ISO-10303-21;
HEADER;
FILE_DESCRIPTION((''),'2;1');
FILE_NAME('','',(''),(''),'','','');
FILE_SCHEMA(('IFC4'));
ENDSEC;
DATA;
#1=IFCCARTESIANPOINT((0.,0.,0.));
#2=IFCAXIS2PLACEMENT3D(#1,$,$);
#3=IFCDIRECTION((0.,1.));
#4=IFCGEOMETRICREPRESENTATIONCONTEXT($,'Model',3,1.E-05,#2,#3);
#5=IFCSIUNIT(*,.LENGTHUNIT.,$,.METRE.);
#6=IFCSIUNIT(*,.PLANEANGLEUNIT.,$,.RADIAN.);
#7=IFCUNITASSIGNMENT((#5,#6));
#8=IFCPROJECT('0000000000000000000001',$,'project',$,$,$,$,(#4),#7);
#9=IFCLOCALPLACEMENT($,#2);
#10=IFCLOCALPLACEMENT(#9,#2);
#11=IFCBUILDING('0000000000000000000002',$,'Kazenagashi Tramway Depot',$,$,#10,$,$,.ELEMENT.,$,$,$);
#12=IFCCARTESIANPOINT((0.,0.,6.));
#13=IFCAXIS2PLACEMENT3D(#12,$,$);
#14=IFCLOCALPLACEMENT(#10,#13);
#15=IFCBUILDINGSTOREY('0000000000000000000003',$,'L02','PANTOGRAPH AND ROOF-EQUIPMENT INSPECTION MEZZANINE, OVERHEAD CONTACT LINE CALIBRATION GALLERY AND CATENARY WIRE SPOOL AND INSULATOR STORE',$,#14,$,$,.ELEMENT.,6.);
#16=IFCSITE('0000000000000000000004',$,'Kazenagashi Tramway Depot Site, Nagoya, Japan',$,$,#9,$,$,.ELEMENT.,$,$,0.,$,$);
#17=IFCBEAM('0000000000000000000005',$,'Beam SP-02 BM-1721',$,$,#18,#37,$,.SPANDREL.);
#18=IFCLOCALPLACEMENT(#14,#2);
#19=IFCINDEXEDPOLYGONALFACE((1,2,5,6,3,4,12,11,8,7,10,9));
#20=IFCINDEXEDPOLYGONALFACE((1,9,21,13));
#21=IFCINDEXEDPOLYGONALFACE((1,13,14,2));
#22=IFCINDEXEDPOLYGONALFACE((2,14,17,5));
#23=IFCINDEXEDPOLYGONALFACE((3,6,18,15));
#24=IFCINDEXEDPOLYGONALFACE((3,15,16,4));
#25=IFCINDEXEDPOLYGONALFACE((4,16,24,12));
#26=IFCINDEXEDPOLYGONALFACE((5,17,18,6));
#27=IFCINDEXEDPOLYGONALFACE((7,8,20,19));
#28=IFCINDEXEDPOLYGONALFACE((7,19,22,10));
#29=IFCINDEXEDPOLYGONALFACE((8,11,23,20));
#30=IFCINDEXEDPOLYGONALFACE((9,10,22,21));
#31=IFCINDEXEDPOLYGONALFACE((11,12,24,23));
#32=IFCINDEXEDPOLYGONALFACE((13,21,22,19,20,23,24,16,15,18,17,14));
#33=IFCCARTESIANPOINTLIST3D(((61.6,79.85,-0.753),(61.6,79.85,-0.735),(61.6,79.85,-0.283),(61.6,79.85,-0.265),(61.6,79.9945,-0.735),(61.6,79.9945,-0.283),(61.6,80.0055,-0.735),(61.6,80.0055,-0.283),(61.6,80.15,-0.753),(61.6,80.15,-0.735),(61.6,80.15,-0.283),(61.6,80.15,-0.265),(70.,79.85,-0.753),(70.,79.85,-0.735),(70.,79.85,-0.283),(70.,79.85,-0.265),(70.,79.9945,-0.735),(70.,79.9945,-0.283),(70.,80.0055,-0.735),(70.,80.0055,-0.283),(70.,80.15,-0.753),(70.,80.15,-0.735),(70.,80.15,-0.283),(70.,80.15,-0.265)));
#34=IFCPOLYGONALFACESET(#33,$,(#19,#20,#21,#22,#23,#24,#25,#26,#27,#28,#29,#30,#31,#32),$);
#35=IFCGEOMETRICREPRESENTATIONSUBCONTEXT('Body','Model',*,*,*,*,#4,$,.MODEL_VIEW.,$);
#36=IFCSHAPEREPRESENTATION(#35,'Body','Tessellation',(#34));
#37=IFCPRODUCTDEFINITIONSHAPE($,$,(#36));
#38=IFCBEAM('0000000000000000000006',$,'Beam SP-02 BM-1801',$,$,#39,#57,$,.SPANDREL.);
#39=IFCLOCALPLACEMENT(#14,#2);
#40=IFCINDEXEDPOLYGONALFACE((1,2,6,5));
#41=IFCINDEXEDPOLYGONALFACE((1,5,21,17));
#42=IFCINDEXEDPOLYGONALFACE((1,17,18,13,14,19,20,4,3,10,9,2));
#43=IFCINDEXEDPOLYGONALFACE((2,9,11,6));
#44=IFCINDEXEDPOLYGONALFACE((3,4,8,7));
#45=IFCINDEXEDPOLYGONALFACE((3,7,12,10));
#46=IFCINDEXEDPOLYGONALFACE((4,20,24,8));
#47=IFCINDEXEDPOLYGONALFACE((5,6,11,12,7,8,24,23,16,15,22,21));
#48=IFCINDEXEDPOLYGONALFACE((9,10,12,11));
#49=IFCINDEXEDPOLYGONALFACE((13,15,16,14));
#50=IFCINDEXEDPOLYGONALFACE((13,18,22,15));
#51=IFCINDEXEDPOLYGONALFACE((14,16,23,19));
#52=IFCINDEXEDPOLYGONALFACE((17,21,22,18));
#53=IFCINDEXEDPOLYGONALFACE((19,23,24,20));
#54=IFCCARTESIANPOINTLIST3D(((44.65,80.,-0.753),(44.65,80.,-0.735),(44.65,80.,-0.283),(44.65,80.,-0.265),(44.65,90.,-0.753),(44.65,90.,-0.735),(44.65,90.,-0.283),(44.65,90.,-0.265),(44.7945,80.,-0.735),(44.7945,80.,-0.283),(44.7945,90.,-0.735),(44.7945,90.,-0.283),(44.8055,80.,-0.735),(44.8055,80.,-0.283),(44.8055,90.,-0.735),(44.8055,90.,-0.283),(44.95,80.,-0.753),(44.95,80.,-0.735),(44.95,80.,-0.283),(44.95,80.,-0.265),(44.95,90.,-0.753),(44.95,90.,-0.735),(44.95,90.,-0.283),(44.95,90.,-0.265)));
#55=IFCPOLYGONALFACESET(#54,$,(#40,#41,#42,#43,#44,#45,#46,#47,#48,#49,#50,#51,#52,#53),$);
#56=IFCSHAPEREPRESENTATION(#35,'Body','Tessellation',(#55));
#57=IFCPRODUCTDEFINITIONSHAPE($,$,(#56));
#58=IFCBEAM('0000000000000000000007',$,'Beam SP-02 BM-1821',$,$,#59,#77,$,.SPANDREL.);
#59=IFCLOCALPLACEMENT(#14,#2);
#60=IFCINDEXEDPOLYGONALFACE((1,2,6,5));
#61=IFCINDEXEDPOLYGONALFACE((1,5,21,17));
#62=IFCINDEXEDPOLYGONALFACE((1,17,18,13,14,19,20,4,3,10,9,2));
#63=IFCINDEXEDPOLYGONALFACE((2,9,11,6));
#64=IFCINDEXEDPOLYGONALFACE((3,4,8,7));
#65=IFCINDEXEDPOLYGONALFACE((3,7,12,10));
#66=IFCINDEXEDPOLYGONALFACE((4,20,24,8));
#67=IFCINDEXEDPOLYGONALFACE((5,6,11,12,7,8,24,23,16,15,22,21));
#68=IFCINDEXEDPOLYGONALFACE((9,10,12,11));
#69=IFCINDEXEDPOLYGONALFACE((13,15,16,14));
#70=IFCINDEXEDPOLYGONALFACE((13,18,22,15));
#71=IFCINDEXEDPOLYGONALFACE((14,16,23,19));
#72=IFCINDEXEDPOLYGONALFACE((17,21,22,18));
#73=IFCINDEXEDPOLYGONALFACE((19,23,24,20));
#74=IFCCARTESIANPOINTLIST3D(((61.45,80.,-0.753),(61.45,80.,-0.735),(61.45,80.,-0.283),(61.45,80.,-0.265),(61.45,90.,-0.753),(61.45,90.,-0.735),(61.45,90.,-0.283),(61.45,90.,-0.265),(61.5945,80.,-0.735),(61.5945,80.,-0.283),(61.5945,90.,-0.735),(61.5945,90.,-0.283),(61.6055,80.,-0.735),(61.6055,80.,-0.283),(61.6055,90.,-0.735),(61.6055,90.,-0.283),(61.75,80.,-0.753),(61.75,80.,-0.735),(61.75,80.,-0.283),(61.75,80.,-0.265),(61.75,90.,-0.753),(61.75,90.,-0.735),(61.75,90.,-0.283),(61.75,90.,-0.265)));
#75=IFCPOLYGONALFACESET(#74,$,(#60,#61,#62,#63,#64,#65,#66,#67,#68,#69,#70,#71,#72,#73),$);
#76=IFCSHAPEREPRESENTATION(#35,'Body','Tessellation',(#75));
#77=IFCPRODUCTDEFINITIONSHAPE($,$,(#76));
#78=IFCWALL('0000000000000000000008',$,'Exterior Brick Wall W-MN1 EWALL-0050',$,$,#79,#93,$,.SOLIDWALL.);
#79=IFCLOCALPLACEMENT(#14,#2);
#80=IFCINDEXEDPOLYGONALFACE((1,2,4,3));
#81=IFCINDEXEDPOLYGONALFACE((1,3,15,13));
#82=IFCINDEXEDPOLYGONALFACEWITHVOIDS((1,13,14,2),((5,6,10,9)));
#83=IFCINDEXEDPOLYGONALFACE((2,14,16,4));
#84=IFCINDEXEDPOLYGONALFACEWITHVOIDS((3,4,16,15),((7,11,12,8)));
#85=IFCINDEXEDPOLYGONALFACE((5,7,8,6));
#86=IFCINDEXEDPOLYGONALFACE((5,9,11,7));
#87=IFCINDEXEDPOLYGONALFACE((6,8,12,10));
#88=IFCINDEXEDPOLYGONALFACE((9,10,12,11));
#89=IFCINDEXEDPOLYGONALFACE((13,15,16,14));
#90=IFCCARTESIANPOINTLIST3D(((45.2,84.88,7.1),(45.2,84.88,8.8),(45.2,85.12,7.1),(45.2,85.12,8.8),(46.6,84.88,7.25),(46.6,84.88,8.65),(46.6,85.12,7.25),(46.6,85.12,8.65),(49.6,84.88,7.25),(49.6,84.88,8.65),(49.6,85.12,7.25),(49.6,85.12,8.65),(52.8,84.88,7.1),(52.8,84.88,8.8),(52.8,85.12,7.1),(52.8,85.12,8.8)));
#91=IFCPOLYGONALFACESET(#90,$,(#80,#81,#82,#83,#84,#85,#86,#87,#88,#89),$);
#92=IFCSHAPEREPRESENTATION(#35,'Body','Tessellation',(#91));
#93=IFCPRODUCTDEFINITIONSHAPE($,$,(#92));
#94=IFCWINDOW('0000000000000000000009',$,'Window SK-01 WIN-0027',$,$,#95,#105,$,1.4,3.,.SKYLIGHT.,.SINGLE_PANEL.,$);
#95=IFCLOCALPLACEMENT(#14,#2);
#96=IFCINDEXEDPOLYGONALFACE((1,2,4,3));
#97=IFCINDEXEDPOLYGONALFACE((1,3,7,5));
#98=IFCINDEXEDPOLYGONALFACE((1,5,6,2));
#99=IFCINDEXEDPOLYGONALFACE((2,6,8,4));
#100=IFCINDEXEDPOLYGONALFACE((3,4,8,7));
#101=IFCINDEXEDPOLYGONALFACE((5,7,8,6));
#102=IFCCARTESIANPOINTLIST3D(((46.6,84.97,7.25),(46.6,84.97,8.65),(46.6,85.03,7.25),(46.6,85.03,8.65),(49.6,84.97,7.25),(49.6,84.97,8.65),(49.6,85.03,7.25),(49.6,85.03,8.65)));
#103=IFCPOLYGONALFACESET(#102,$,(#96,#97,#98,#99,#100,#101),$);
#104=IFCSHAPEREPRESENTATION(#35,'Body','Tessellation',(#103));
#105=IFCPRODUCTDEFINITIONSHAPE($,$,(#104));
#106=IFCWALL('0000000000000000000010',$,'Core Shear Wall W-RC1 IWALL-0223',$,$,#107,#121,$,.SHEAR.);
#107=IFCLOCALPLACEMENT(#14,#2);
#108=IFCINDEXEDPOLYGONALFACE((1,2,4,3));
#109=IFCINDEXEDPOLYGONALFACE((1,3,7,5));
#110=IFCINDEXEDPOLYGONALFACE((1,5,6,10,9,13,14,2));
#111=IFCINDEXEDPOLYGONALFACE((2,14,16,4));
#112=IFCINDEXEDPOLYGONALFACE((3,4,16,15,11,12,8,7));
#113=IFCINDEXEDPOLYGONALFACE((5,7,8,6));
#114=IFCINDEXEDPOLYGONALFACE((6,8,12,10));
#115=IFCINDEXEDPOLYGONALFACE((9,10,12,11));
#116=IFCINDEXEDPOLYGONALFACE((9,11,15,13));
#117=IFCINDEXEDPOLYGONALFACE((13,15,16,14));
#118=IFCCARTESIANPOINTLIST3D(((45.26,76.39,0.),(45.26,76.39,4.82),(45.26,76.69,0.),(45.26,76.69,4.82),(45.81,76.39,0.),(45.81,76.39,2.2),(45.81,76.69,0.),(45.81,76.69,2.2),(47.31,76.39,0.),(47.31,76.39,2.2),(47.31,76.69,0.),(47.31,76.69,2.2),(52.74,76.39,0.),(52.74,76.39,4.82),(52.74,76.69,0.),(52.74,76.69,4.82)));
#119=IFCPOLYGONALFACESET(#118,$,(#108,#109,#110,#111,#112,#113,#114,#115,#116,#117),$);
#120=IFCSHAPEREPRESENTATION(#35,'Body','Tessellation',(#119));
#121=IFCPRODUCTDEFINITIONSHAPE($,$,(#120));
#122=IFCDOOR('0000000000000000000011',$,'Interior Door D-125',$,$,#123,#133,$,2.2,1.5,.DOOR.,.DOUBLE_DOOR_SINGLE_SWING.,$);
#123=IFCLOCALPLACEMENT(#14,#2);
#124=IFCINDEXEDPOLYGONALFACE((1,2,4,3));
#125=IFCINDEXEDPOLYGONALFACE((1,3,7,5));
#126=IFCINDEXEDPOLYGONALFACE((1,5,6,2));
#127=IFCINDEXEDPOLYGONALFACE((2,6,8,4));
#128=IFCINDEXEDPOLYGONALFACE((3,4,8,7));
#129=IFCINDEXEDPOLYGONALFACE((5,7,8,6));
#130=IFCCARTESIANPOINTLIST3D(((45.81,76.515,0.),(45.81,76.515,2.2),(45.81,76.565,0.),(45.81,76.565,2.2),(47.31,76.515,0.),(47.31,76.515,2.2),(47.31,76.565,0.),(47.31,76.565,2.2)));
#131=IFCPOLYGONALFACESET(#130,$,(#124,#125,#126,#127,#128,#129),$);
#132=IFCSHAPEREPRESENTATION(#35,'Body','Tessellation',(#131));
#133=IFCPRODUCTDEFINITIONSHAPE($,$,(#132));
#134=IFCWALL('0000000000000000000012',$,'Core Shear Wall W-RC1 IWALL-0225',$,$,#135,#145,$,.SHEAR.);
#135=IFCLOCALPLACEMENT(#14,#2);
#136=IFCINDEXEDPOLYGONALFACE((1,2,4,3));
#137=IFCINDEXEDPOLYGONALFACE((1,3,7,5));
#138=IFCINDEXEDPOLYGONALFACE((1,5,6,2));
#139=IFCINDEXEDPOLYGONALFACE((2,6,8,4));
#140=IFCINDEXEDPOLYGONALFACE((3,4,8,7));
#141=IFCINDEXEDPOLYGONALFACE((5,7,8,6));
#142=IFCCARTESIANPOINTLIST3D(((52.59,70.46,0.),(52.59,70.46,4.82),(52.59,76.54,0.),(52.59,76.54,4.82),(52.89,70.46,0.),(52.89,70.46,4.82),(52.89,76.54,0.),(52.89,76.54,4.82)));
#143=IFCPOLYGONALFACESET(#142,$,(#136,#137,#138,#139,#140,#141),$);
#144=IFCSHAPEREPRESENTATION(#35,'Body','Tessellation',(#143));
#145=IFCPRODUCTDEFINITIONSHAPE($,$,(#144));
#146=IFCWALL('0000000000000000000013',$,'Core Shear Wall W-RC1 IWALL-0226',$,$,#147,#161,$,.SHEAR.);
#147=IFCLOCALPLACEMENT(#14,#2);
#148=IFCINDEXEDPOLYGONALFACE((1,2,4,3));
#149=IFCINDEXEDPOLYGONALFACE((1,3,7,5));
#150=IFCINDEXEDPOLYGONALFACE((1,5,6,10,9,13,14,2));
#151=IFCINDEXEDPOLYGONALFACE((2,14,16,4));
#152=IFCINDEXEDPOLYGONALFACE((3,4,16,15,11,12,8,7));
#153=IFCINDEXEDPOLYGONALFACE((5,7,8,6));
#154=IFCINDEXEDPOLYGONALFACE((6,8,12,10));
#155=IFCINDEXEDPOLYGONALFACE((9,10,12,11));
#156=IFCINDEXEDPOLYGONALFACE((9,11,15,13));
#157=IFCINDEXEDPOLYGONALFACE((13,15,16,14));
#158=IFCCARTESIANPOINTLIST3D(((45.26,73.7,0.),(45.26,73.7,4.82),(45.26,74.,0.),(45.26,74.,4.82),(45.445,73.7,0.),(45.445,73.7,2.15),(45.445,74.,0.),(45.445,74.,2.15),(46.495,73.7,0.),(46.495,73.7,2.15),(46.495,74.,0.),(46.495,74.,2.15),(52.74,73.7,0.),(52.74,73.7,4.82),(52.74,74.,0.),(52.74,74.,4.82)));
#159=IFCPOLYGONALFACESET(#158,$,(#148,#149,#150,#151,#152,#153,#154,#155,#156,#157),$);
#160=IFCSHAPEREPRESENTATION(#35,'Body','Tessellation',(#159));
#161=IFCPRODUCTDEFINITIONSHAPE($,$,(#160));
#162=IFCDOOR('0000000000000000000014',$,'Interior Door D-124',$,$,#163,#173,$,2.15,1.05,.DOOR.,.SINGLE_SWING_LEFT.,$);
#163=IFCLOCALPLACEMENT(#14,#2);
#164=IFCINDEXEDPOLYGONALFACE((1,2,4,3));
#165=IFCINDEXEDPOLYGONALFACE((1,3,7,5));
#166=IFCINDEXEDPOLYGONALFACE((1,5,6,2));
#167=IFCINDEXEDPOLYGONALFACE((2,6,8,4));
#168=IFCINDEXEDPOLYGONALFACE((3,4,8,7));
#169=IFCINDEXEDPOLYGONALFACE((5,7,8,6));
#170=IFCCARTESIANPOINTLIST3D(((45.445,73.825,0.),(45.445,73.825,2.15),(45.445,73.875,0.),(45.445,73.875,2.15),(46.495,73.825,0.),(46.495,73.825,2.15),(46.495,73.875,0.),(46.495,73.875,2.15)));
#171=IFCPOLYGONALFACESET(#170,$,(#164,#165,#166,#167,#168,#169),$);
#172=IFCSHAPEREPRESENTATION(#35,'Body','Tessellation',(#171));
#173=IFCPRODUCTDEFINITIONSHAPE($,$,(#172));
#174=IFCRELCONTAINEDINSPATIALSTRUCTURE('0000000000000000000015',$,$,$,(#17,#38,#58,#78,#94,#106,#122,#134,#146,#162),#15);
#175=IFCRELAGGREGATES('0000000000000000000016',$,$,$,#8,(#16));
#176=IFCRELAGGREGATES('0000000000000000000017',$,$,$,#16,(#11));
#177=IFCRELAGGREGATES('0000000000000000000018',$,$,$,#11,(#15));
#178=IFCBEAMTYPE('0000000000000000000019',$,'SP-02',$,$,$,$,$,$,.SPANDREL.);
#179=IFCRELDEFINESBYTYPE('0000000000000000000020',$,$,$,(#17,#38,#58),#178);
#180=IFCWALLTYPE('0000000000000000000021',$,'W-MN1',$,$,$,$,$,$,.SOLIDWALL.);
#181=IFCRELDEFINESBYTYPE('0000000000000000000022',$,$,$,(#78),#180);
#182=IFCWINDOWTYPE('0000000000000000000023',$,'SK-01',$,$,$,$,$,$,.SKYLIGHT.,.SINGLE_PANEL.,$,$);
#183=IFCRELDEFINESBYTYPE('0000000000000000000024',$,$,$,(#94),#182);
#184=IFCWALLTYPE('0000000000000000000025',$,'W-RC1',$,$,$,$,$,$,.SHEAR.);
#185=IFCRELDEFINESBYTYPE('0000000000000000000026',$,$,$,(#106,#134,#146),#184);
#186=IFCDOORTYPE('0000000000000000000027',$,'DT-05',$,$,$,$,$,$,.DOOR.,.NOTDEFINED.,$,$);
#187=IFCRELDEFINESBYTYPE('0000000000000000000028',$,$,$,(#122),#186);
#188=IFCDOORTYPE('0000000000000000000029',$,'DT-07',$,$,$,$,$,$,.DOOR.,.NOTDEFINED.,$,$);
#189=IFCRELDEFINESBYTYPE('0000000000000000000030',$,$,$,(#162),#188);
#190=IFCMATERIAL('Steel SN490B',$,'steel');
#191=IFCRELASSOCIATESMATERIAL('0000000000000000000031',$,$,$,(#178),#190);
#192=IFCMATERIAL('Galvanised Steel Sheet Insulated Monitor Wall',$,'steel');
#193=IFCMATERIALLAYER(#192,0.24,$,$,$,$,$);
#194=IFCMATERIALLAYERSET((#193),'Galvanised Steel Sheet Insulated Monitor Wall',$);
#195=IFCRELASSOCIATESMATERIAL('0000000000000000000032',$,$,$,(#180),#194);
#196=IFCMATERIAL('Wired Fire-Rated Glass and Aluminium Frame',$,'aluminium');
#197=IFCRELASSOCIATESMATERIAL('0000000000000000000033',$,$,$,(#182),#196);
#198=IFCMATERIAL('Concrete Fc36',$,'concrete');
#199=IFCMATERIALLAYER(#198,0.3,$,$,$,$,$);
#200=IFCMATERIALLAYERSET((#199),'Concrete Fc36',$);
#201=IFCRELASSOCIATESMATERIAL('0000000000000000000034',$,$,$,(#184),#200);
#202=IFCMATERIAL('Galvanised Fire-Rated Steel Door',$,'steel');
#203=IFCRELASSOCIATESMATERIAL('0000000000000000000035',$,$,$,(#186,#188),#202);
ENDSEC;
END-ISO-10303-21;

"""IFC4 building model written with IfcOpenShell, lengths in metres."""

from ifc_helpers import new_model, si_unit, direction, frame, frame_2d, origin, origin_2d, place, context, subcontext, project, spatial, rectangle, i_section, extrude, material, layer, layer_set, material_profile, profile_set, type_object, element, fill, save


model = new_model("IFC4")

# Units and contexts
model_context = context("Model", 3, precision=1e-05, world=origin(), true_north=direction((0.0, 1.0)))
body_context = subcontext(model_context, "Body", "Model", "MODEL_VIEW")
ifc_project = project(units=[si_unit("LENGTHUNIT", "METRE"), si_unit("PLANEANGLEUNIT", "RADIAN")], contexts=[model_context])

# Site, building, storey
site_placement = place(None, origin())
site = spatial("IfcSite", under=ifc_project, at=site_placement, Name="Kazenagashi Tramway Depot Site, Nagoya, Japan", CompositionType="ELEMENT", RefElevation=0.0)
building_placement = place(site_placement, origin())
building = spatial("IfcBuilding", under=site, at=building_placement, Name="Kazenagashi Tramway Depot", CompositionType="ELEMENT")
storey_placement = place(building_placement, frame((0.0, 0.0, 6.0)))
storey = spatial("IfcBuildingStorey", under=building, at=storey_placement, Name="L02", Description="PANTOGRAPH AND ROOF-EQUIPMENT INSPECTION MEZZANINE, OVERHEAD CONTACT LINE CALIBRATION GALLERY AND CATENARY WIRE SPOOL AND INSULATOR STORE", CompositionType="ELEMENT", Elevation=6.0)

# Beams
ifc_material_1 = material(Name="Steel SN490B", Category="steel")
ifc_material_profile_1 = material_profile(ifc_material_1, i_section(OverallWidth=0.3, OverallDepth=0.488, WebThickness=0.011, FlangeThickness=0.018, at=origin_2d()), Name="H-488x300x11x18")
ifc_profile_set_1 = profile_set([ifc_material_profile_1], Name="Steel SN490B")
beam_type_1 = type_object("IfcBeamType", Name="SP-02", PredefinedType="SPANDREL", material=ifc_profile_set_1)
for number, where, z_axis, x_axis, name in (
    (1, (61.6, 80.0, -0.509), (1.0, 0.0, 0.0), (0.0, 1.0, 0.0), "Beam SP-02 BM-1721"),
):
    element("IfcBeam", number, at=place(storey_placement, frame(where, z_axis=z_axis, x_axis=x_axis)), inside=storey, type_object=beam_type_1, Name=name, PredefinedType="SPANDREL", context=body_context, shape_type="SweptSolid", body=[
        extrude(i_section(OverallWidth=0.3, OverallDepth=0.488, WebThickness=0.011, FlangeThickness=0.018, at=origin_2d()), origin(), (0.0, 0.0, 1.0), 8.4),
    ])
for number, where, z_axis, x_axis, name in (
    (2, (44.8, 80.0, -0.509), (0.0, 1.0, 0.0), (-1.0, 0.0, 0.0), "Beam SP-02 BM-1801"),
    (3, (61.6, 80.0, -0.509), (0.0, 1.0, 0.0), (-1.0, 0.0, 0.0), "Beam SP-02 BM-1821"),
):
    element("IfcBeam", number, at=place(storey_placement, frame(where, z_axis=z_axis, x_axis=x_axis)), inside=storey, type_object=beam_type_1, Name=name, PredefinedType="SPANDREL", context=body_context, shape_type="SweptSolid", body=[
        extrude(i_section(OverallWidth=0.3, OverallDepth=0.488, WebThickness=0.011, FlangeThickness=0.018, at=origin_2d()), origin(), (0.0, 0.0, 1.0), 10.0),
    ])

# Wall, opening, window
ifc_material_2 = material(Name="Galvanised Steel Sheet Insulated Monitor Wall", Category="steel")
ifc_layer_1 = layer(ifc_material_2, 0.24)
ifc_layer_set_1 = layer_set([ifc_layer_1], Name="Galvanised Steel Sheet Insulated Monitor Wall")
wall_type_1 = type_object("IfcWallType", Name="W-MN1", PredefinedType="SOLIDWALL", material=ifc_layer_set_1)
wall_1_placement = place(storey_placement, frame((45.2, 85.0, 7.1), z_axis=(0.0, 0.0, 1.0), x_axis=(1.0, 0.0, 0.0)))
wall_1 = element("IfcWall", 4, at=wall_1_placement, inside=storey, type_object=wall_type_1, Name="Exterior Brick Wall W-MN1 EWALL-0050", PredefinedType="SOLIDWALL", context=body_context, shape_type="SweptSolid", body=[
    extrude(rectangle(XDim=7.6, YDim=0.24, at=frame_2d((3.8, 0.0))), origin(), (0.0, 0.0, 1.0), 1.7),
])
opening_1_placement = place(wall_1_placement, frame((1.4, 0.0, 0.15)))
opening_1 = element("IfcOpeningElement", 5, at=opening_1_placement, cuts=wall_1, PredefinedType="OPENING", context=body_context, shape_type="SweptSolid", body=[
    extrude(rectangle(XDim=3.0, YDim=1.4, at=frame_2d((1.5, 0.7))), frame((0.0, 0.13, 0.0), z_axis=(0.0, -1.0, 0.0), x_axis=(1.0, 0.0, 0.0)), (0.0, 0.0, 1.0), 0.26),
])
ifc_material_3 = material(Name="Wired Fire-Rated Glass and Aluminium Frame", Category="aluminium")
window_type = type_object("IfcWindowType", Name="SK-01", PartitioningType="SINGLE_PANEL", PredefinedType="SKYLIGHT", material=ifc_material_3)
window_placement = place(opening_1_placement, origin())
window = element("IfcWindow", 6, at=window_placement, inside=storey, type_object=window_type, Name="Window SK-01 WIN-0027", OverallHeight=1.4, OverallWidth=3.0, PartitioningType="SINGLE_PANEL", PredefinedType="SKYLIGHT", context=body_context, shape_type="SweptSolid", body=[
    extrude(rectangle(XDim=3.0, YDim=1.4, at=frame_2d((1.5, 0.7))), frame((0.0, 0.03, 0.0), z_axis=(0.0, -1.0, 0.0), x_axis=(1.0, 0.0, 0.0)), (0.0, 0.0, 1.0), 0.06),
])
fill(opening_1, window)

# Wall, opening, door
ifc_material_4 = material(Name="Concrete Fc36", Category="concrete")
ifc_layer_2 = layer(ifc_material_4, 0.3)
ifc_layer_set_2 = layer_set([ifc_layer_2], Name="Concrete Fc36")
wall_type_2 = type_object("IfcWallType", Name="W-RC1", PredefinedType="SHEAR", material=ifc_layer_set_2)
wall_2_placement = place(storey_placement, frame((45.26, 76.54, 0.0), z_axis=(0.0, 0.0, 1.0), x_axis=(1.0, 0.0, 0.0)))
wall_2 = element("IfcWall", 7, at=wall_2_placement, inside=storey, type_object=wall_type_2, Name="Core Shear Wall W-RC1 IWALL-0223", PredefinedType="SHEAR", context=body_context, shape_type="SweptSolid", body=[
    extrude(rectangle(XDim=7.48, YDim=0.3, at=frame_2d((3.74, 0.0))), origin(), (0.0, 0.0, 1.0), 4.82),
])
opening_2_placement = place(wall_2_placement, frame((0.55, 0.0, 0.0)))
opening_2 = element("IfcOpeningElement", 8, at=opening_2_placement, cuts=wall_2, PredefinedType="OPENING", context=body_context, shape_type="SweptSolid", body=[
    extrude(rectangle(XDim=1.5, YDim=2.2, at=frame_2d((0.75, 1.1))), frame((0.0, 0.16, 0.0), z_axis=(0.0, -1.0, 0.0), x_axis=(1.0, 0.0, 0.0)), (0.0, 0.0, 1.0), 0.32),
])
ifc_material_5 = material(Name="Galvanised Fire-Rated Steel Door", Category="steel")
door_type_1 = type_object("IfcDoorType", Name="DT-05", OperationType="NOTDEFINED", PredefinedType="DOOR", material=ifc_material_5)
door_1_placement = place(opening_2_placement, origin())
door_1 = element("IfcDoor", 9, at=door_1_placement, inside=storey, type_object=door_type_1, Name="Interior Door D-125", OperationType="DOUBLE_DOOR_SINGLE_SWING", OverallHeight=2.2, OverallWidth=1.5, PredefinedType="DOOR", context=body_context, shape_type="SweptSolid", body=[
    extrude(rectangle(XDim=1.5, YDim=2.2, at=frame_2d((0.75, 1.1))), frame((0.0, 0.025, 0.0), z_axis=(0.0, -1.0, 0.0), x_axis=(1.0, 0.0, 0.0)), (0.0, 0.0, 1.0), 0.05),
])
fill(opening_2, door_1)

# Wall
wall_3_placement = place(storey_placement, frame((52.74, 70.46, 0.0), z_axis=(0.0, 0.0, 1.0), x_axis=(0.0, 1.0, 0.0)))
element("IfcWall", 10, at=wall_3_placement, inside=storey, type_object=wall_type_2, Name="Core Shear Wall W-RC1 IWALL-0225", PredefinedType="SHEAR", context=body_context, shape_type="SweptSolid", body=[
    extrude(rectangle(XDim=6.08, YDim=0.3, at=frame_2d((3.04, 0.0))), origin(), (0.0, 0.0, 1.0), 4.82),
])

# Wall, opening, door
wall_4_placement = place(storey_placement, frame((45.26, 73.85, 0.0), z_axis=(0.0, 0.0, 1.0), x_axis=(1.0, 0.0, 0.0)))
wall_4 = element("IfcWall", 11, at=wall_4_placement, inside=storey, type_object=wall_type_2, Name="Core Shear Wall W-RC1 IWALL-0226", PredefinedType="SHEAR", context=body_context, shape_type="SweptSolid", body=[
    extrude(rectangle(XDim=7.48, YDim=0.3, at=frame_2d((3.74, 0.0))), origin(), (0.0, 0.0, 1.0), 4.82),
])
opening_3_placement = place(wall_4_placement, frame((0.185, 0.0, 0.0)))
opening_3 = element("IfcOpeningElement", 12, at=opening_3_placement, cuts=wall_4, PredefinedType="OPENING", context=body_context, shape_type="SweptSolid", body=[
    extrude(rectangle(XDim=1.05, YDim=2.15, at=frame_2d((0.525, 1.075))), frame((0.0, 0.16, 0.0), z_axis=(0.0, -1.0, 0.0), x_axis=(1.0, 0.0, 0.0)), (0.0, 0.0, 1.0), 0.32),
])
door_type_2 = type_object("IfcDoorType", Name="DT-07", OperationType="NOTDEFINED", PredefinedType="DOOR", material=ifc_material_5)
door_2_placement = place(opening_3_placement, origin())
door_2 = element("IfcDoor", 13, at=door_2_placement, inside=storey, type_object=door_type_2, Name="Interior Door D-124", OperationType="SINGLE_SWING_LEFT", OverallHeight=2.15, OverallWidth=1.05, PredefinedType="DOOR", context=body_context, shape_type="SweptSolid", body=[
    extrude(rectangle(XDim=1.05, YDim=2.15, at=frame_2d((0.525, 1.075))), frame((0.0, 0.025, 0.0), z_axis=(0.0, -1.0, 0.0), x_axis=(1.0, 0.0, 0.0)), (0.0, 0.0, 1.0), 0.05),
])
fill(opening_3, door_2)

save(model, "model.ifc")
